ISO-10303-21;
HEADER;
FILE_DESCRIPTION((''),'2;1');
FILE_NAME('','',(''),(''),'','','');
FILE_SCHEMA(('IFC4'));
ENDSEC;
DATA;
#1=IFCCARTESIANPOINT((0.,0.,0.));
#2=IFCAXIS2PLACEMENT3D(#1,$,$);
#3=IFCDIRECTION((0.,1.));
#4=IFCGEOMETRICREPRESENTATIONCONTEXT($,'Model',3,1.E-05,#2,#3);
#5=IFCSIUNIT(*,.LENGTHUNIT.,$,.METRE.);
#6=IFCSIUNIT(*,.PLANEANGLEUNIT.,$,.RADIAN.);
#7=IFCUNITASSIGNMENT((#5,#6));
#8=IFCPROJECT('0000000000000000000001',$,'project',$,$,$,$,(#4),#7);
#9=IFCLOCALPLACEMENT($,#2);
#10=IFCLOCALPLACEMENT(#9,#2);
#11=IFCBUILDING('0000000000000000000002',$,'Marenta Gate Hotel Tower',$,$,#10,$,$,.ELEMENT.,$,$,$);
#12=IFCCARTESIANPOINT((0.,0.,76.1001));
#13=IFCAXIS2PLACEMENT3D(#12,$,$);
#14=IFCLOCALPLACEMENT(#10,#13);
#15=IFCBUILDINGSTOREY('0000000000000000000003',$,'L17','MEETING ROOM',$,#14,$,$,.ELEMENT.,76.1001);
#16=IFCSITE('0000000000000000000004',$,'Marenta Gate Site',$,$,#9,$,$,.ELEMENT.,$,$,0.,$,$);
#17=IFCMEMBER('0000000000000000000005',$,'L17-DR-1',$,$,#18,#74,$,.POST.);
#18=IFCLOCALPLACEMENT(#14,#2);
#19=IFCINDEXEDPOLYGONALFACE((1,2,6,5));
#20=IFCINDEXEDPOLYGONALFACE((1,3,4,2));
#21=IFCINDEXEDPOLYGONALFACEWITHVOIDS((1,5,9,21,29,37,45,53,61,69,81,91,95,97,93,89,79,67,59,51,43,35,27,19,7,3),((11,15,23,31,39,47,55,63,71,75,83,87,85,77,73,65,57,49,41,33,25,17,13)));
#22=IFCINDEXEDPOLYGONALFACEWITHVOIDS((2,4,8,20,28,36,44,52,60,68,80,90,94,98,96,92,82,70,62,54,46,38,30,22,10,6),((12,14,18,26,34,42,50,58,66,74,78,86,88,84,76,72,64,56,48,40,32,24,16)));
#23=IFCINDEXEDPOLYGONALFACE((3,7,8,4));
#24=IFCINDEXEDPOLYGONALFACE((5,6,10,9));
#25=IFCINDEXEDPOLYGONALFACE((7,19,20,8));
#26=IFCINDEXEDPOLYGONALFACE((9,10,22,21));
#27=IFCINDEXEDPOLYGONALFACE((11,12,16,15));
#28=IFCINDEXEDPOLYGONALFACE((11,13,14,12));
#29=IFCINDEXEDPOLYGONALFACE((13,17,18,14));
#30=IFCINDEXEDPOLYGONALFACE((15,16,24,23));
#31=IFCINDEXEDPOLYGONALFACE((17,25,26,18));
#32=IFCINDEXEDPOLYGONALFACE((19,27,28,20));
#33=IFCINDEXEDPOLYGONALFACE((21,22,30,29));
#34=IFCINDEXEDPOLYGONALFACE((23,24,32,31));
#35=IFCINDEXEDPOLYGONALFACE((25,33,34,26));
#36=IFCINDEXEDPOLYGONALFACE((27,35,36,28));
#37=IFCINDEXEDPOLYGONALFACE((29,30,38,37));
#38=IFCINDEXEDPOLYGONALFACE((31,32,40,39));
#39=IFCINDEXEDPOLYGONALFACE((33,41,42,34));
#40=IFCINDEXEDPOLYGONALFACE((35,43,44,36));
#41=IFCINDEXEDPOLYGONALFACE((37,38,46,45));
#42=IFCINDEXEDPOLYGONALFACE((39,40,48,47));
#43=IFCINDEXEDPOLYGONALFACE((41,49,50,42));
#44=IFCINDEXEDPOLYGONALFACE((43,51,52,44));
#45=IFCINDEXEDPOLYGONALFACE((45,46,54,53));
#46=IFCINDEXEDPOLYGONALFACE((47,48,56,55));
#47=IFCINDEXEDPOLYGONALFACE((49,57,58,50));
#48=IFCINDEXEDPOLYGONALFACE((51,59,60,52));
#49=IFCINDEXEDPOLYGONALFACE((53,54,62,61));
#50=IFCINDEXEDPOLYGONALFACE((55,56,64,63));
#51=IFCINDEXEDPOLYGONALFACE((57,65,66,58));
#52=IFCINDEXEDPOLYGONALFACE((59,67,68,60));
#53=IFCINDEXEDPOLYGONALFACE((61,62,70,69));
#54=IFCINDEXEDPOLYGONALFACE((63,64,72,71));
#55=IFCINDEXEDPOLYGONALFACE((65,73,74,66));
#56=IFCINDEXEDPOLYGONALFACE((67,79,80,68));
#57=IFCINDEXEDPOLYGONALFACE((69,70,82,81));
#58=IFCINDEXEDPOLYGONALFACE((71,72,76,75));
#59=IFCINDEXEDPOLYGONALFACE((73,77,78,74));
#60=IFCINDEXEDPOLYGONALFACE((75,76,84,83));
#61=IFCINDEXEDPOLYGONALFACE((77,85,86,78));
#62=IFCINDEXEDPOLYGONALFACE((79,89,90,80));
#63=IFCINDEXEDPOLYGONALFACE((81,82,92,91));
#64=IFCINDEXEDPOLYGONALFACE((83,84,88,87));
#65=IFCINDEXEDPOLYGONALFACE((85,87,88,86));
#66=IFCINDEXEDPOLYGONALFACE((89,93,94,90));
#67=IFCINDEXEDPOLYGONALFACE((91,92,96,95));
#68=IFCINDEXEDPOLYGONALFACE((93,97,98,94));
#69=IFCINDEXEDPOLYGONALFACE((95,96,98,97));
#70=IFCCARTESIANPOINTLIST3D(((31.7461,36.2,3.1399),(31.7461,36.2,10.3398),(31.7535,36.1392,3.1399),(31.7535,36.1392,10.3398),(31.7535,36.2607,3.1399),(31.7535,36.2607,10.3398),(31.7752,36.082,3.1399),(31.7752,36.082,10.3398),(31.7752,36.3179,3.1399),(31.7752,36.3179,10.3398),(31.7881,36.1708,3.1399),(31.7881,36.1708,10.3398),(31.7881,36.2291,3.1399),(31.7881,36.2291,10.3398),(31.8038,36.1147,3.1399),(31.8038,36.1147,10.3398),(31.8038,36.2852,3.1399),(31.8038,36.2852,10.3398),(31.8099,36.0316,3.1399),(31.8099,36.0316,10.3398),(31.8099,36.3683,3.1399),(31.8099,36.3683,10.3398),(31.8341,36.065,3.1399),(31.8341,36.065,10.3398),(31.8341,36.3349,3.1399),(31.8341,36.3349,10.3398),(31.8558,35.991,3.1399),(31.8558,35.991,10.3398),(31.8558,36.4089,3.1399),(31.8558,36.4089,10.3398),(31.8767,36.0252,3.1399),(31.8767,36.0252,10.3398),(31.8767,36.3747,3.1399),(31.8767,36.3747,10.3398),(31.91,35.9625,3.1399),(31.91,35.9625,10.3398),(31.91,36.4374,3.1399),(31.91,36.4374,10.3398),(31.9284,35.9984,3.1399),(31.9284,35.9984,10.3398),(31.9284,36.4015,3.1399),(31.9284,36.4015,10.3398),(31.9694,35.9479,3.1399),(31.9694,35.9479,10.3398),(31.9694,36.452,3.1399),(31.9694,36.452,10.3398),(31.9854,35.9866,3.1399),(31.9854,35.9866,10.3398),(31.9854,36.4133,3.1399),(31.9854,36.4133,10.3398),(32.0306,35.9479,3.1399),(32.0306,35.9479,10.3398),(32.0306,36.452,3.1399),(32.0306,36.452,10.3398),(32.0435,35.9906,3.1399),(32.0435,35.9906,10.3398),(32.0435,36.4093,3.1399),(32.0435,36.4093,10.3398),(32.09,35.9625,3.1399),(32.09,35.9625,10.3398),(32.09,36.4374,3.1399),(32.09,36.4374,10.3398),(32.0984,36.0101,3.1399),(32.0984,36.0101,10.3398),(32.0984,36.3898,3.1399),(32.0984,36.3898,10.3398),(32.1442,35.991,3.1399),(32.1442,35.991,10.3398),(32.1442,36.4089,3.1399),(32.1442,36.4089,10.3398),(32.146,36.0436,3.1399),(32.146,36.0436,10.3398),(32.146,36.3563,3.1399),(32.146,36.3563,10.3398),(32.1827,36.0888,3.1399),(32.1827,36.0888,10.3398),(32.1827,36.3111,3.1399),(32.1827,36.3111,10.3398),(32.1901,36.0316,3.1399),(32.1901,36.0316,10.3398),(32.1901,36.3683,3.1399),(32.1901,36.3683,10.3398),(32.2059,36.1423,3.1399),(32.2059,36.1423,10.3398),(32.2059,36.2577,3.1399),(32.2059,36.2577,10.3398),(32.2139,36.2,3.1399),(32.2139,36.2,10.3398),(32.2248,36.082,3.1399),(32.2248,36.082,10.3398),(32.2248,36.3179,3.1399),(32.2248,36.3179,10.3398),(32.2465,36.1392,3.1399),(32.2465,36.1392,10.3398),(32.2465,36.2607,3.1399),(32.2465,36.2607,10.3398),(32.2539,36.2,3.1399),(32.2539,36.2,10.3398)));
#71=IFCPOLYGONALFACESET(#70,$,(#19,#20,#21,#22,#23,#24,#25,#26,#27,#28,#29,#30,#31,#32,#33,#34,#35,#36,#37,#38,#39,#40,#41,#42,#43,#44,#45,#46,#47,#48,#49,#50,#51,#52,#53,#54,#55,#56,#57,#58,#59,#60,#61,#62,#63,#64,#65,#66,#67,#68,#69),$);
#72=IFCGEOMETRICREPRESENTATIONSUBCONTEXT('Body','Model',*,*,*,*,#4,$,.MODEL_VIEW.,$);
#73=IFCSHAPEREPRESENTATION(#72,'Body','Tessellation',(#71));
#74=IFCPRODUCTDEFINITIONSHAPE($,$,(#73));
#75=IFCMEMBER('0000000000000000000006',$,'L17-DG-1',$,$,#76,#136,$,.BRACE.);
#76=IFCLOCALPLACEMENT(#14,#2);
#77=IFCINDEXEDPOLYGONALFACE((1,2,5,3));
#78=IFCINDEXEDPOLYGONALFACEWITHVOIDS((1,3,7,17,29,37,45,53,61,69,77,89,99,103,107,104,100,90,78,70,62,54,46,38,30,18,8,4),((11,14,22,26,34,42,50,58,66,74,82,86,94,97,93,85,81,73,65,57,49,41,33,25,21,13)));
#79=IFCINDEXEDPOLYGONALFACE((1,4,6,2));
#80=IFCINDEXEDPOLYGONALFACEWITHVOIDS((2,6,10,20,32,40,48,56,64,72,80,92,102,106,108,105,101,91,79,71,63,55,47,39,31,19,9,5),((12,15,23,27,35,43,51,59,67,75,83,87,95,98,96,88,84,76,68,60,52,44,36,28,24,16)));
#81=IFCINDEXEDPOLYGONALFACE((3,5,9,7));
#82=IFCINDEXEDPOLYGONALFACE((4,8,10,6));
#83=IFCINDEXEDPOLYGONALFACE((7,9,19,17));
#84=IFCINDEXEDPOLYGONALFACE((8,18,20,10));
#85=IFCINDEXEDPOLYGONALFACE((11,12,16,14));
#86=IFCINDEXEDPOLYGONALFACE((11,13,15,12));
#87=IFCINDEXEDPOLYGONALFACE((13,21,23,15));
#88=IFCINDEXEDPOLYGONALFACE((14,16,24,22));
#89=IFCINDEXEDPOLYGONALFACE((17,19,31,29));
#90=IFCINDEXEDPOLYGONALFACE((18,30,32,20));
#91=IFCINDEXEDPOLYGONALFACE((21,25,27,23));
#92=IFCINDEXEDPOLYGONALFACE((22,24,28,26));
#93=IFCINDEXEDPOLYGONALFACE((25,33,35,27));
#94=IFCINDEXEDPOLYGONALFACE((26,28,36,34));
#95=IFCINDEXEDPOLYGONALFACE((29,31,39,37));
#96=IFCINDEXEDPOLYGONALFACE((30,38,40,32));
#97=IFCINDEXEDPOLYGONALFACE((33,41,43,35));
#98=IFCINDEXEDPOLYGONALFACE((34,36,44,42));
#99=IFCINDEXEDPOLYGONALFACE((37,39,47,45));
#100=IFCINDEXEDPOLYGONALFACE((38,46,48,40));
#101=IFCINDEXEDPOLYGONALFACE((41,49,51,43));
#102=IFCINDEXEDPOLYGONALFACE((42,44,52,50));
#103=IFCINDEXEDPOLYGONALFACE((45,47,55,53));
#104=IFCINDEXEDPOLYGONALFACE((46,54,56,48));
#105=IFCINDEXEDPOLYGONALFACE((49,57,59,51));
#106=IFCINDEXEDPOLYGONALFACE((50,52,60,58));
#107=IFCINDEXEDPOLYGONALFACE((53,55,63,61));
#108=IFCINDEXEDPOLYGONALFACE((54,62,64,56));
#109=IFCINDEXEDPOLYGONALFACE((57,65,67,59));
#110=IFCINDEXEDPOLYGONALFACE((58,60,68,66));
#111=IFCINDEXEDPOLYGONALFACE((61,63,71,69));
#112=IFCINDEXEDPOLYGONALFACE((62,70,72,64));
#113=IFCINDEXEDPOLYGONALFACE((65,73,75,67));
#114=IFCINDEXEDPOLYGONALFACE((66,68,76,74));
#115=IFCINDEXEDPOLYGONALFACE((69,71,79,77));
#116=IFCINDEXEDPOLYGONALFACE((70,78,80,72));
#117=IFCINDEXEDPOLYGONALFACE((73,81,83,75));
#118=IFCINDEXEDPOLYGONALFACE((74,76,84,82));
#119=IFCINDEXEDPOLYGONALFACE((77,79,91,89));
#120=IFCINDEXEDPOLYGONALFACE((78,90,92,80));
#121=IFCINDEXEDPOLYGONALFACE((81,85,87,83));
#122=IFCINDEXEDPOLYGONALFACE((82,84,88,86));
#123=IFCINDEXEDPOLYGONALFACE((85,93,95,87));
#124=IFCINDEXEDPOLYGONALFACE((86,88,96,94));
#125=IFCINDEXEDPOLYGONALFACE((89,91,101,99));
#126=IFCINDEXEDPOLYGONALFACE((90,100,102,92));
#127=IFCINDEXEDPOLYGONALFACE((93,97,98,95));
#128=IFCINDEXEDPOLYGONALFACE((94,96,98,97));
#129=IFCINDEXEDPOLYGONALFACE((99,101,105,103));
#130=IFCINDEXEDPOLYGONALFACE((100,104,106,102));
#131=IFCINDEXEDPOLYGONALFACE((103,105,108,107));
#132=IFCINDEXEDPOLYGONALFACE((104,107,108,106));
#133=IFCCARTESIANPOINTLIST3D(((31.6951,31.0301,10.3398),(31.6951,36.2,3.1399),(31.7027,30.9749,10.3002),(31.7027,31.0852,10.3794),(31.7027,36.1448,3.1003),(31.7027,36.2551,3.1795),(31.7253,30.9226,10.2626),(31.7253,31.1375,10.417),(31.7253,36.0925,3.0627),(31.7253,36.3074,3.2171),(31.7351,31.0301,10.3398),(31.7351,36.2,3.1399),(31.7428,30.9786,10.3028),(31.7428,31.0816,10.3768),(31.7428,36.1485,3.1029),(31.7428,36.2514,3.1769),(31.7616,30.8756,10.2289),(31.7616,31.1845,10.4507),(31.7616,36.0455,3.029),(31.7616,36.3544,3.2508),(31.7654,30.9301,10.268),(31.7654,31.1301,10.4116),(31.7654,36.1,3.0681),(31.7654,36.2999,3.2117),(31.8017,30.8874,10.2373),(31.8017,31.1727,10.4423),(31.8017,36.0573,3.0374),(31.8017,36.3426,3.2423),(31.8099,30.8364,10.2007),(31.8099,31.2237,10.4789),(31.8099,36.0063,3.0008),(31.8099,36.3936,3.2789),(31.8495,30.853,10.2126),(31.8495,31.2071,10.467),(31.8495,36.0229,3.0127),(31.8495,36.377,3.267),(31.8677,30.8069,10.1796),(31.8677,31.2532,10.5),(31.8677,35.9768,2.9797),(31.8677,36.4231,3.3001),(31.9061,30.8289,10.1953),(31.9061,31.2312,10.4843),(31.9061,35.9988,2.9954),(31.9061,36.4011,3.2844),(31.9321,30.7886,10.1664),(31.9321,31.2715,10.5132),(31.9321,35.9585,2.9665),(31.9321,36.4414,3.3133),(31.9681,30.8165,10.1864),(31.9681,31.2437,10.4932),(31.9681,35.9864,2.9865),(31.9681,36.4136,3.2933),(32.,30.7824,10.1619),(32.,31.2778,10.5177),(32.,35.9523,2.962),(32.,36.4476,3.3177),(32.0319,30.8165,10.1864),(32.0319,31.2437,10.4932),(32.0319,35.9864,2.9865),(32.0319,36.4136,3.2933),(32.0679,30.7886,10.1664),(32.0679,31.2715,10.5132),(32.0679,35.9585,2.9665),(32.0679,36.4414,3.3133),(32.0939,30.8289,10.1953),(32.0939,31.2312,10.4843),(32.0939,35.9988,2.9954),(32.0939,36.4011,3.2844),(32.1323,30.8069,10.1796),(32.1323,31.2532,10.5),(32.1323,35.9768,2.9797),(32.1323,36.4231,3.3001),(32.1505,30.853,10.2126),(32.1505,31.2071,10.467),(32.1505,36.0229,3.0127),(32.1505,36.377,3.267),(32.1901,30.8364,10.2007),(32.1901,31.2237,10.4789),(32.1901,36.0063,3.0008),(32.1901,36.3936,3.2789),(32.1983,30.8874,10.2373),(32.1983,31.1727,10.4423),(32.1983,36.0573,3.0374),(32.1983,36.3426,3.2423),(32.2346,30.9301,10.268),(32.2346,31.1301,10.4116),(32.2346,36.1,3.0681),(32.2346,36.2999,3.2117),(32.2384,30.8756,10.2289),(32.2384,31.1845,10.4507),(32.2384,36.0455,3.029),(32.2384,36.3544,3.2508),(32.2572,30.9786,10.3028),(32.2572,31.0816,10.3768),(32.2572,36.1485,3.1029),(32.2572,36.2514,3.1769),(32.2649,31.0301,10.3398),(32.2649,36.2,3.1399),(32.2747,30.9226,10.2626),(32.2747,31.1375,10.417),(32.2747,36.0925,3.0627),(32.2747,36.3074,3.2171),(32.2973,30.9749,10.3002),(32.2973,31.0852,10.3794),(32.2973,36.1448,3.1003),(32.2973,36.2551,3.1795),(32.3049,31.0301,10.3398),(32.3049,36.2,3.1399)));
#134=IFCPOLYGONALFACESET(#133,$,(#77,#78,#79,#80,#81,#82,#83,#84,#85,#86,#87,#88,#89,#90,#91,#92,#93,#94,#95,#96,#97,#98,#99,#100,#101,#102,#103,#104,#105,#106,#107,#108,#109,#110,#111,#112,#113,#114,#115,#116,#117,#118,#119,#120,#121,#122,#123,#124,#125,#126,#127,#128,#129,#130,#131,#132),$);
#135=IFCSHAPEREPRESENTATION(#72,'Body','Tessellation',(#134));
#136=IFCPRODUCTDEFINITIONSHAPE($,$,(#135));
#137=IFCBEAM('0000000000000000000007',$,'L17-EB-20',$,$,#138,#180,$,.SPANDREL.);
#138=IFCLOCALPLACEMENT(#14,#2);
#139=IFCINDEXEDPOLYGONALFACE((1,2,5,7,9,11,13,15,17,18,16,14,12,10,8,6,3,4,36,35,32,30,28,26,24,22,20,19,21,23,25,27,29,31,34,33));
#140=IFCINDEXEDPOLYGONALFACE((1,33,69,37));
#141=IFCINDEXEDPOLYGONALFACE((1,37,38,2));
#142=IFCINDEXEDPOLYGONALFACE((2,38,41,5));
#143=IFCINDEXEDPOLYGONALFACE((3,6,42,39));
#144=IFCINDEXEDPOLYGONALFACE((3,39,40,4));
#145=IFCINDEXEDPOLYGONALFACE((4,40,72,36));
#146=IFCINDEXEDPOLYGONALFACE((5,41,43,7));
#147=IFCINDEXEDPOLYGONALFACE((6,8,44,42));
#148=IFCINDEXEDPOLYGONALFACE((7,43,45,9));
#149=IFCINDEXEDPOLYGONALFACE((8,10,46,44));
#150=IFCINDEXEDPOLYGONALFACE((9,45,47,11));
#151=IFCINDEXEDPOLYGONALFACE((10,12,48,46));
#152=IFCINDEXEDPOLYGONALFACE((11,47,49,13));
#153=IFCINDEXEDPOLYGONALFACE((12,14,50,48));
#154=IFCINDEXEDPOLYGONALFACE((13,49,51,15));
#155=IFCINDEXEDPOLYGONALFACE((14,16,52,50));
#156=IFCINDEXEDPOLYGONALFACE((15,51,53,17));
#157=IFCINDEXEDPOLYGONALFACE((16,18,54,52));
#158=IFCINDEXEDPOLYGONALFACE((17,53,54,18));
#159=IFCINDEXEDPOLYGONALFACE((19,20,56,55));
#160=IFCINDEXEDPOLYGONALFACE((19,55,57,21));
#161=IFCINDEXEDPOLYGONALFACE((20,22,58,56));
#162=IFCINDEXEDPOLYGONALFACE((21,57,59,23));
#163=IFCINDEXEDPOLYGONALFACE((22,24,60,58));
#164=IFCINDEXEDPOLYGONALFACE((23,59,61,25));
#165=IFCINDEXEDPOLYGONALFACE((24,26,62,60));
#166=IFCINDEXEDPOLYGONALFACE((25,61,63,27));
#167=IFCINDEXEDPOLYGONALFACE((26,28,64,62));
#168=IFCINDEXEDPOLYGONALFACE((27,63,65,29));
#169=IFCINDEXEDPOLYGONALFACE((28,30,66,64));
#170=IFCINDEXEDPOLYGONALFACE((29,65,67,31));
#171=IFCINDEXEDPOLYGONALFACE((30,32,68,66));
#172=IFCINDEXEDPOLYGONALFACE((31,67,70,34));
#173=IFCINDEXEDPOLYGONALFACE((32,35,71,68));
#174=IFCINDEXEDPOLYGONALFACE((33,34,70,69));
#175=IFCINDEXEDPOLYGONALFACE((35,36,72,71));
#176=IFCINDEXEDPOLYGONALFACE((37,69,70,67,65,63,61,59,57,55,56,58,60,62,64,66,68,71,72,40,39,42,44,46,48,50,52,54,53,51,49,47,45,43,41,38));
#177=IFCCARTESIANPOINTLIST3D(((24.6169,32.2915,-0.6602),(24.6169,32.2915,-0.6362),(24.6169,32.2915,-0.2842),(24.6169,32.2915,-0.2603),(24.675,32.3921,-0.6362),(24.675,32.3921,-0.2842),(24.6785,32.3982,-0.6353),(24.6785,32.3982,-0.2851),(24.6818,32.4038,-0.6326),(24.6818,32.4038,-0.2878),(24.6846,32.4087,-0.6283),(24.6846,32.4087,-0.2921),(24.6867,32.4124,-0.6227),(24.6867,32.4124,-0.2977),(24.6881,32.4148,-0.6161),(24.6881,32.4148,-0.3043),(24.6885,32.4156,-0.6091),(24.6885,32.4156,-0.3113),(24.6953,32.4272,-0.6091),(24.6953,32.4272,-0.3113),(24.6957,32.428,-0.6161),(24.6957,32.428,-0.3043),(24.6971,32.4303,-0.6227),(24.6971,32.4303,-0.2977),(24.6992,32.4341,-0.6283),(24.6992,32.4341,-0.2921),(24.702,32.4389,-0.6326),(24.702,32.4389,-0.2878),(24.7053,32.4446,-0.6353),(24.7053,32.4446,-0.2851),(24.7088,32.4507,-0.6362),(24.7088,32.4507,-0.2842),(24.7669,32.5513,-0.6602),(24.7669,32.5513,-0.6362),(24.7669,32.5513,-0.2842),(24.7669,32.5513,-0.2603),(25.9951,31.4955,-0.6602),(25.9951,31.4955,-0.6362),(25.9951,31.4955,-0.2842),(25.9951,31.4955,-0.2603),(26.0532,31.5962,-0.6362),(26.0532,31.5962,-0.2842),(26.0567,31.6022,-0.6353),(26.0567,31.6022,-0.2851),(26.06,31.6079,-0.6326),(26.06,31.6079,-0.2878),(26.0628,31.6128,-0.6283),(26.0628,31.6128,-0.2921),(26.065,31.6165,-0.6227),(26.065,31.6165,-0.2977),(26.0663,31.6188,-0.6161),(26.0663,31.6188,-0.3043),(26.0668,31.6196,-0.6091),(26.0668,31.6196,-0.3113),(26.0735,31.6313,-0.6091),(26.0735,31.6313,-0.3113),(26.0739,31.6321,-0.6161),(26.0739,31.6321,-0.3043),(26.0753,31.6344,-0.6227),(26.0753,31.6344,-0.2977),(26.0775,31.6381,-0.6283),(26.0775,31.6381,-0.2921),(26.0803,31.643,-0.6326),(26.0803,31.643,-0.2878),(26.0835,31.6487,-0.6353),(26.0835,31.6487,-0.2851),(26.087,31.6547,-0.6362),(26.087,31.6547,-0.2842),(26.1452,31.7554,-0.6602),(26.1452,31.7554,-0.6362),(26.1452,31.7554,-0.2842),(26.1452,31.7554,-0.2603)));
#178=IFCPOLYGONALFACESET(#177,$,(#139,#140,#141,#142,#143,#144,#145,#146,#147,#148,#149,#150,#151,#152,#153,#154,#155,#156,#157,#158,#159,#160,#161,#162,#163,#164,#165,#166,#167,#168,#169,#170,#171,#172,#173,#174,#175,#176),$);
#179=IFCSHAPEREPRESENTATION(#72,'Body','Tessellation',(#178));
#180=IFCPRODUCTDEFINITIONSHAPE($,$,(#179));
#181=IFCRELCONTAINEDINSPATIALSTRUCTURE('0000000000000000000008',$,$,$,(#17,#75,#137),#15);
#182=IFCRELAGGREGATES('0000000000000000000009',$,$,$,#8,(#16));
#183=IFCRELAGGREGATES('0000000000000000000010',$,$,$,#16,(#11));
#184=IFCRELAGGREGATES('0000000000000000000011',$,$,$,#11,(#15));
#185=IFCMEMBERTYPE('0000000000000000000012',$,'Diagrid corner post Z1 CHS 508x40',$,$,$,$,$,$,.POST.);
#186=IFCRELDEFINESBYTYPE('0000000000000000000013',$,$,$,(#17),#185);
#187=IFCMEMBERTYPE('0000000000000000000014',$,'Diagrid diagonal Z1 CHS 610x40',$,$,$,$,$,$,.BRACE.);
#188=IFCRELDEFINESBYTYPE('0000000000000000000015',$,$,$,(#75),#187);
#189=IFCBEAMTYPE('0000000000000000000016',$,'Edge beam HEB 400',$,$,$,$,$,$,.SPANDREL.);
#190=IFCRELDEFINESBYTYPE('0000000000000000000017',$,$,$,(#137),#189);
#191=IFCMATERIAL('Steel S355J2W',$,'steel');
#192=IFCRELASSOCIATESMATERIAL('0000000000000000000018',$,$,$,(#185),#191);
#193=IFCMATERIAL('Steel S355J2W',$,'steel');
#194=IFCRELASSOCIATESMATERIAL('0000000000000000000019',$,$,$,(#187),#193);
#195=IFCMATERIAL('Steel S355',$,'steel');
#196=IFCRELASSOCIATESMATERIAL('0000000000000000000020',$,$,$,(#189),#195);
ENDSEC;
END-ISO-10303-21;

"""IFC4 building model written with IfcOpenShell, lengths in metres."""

from ifc_helpers import new_model, si_unit, direction, frame, origin, origin_2d, place, context, subcontext, project, spatial, hollow_circle, i_section, extrude, material, material_profile, profile_set, type_object, element, save


model = new_model("IFC4")

# Units and contexts
model_context = context("Model", 3, precision=1e-05, world=origin(), true_north=direction((0.0, 1.0)))
body_context = subcontext(model_context, "Body", "Model", "MODEL_VIEW")
ifc_project = project(units=[si_unit("LENGTHUNIT", "METRE"), si_unit("PLANEANGLEUNIT", "RADIAN")], contexts=[model_context])

# Site, building, storey
site_placement = place(None, origin())
site = spatial("IfcSite", under=ifc_project, at=site_placement, Name="Marenta Gate Site", CompositionType="ELEMENT", RefElevation=0.0)
building_placement = place(site_placement, origin())
building = spatial("IfcBuilding", under=site, at=building_placement, Name="Marenta Gate Hotel Tower", CompositionType="ELEMENT")
storey_placement = place(building_placement, frame((0.0, 0.0, 76.1001)))
storey = spatial("IfcBuildingStorey", under=building, at=storey_placement, Name="L17", Description="MEETING ROOM", CompositionType="ELEMENT", Elevation=76.1001)

# Members
ifc_material_1 = material(Name="Steel S355J2W", Category="steel")
ifc_material_profile_1 = material_profile(ifc_material_1, hollow_circle(Radius=0.2539, WallThickness=0.04, at=origin_2d()), Name="CHS 508x40")
ifc_profile_set_1 = profile_set([ifc_material_profile_1], Name="Steel S355J2W")
member_type_1 = type_object("IfcMemberType", Name="Diagrid corner post Z1 CHS 508x40", PredefinedType="POST", material=ifc_profile_set_1)
member_1_placement = place(storey_placement, frame((32.0, 36.2, 3.1399), z_axis=(0.0, 0.0, 1.0), x_axis=(1.0, 0.0, 0.0)))
element("IfcMember", 1, at=member_1_placement, inside=storey, type_object=member_type_1, Name="L17-DR-1", PredefinedType="POST", context=body_context, shape_type="SweptSolid", body=[
    extrude(hollow_circle(Radius=0.2539, WallThickness=0.04, at=origin_2d()), origin(), (0.0, 0.0, 1.0), 7.2),
])
ifc_material_2 = material(Name="Steel S355J2W", Category="steel")
ifc_material_profile_2 = material_profile(ifc_material_2, hollow_circle(Radius=0.3049, WallThickness=0.04, at=origin_2d()), Name="CHS 610x40")
ifc_profile_set_2 = profile_set([ifc_material_profile_2], Name="Steel S355J2W")
member_type_2 = type_object("IfcMemberType", Name="Diagrid diagonal Z1 CHS 610x40", PredefinedType="BRACE", material=ifc_profile_set_2)
member_2_placement = place(storey_placement, frame((32.0, 36.2, 3.1399), z_axis=(0.0, -0.583261, 0.812285), x_axis=(1.0, 0.0, 0.0)))
element("IfcMember", 2, at=member_2_placement, inside=storey, type_object=member_type_2, Name="L17-DG-1", PredefinedType="BRACE", context=body_context, shape_type="SweptSolid", body=[
    extrude(hollow_circle(Radius=0.3049, WallThickness=0.04, at=origin_2d()), origin(), (0.0, 0.0, 1.0), 8.8638),
])

# Beam
ifc_material_3 = material(Name="Steel S355", Category="steel")
ifc_material_profile_3 = material_profile(ifc_material_3, i_section(OverallWidth=0.3, OverallDepth=0.3999, WebThickness=0.0134, FlangeThickness=0.0239, FilletRadius=0.0271, at=origin_2d()), Name="HEB 400")
ifc_profile_set_3 = profile_set([ifc_material_profile_3], Name="Steel S355")
beam_type = type_object("IfcBeamType", Name="Edge beam HEB 400", PredefinedType="SPANDREL", material=ifc_profile_set_3)
beam_placement = place(storey_placement, frame((24.6919, 32.4214, -0.4602), z_axis=(0.865968, -0.500099, 0.0), x_axis=(0.500099, 0.865968, 0.0)))
element("IfcBeam", 3, at=beam_placement, inside=storey, type_object=beam_type, Name="L17-EB-20", PredefinedType="SPANDREL", context=body_context, shape_type="SweptSolid", body=[
    extrude(i_section(OverallWidth=0.3, OverallDepth=0.3999, WebThickness=0.0134, FlangeThickness=0.0239, FilletRadius=0.0271, at=origin_2d()), origin(), (0.0, 0.0, 1.0), 1.5916),
])

save(model, "model.ifc")
